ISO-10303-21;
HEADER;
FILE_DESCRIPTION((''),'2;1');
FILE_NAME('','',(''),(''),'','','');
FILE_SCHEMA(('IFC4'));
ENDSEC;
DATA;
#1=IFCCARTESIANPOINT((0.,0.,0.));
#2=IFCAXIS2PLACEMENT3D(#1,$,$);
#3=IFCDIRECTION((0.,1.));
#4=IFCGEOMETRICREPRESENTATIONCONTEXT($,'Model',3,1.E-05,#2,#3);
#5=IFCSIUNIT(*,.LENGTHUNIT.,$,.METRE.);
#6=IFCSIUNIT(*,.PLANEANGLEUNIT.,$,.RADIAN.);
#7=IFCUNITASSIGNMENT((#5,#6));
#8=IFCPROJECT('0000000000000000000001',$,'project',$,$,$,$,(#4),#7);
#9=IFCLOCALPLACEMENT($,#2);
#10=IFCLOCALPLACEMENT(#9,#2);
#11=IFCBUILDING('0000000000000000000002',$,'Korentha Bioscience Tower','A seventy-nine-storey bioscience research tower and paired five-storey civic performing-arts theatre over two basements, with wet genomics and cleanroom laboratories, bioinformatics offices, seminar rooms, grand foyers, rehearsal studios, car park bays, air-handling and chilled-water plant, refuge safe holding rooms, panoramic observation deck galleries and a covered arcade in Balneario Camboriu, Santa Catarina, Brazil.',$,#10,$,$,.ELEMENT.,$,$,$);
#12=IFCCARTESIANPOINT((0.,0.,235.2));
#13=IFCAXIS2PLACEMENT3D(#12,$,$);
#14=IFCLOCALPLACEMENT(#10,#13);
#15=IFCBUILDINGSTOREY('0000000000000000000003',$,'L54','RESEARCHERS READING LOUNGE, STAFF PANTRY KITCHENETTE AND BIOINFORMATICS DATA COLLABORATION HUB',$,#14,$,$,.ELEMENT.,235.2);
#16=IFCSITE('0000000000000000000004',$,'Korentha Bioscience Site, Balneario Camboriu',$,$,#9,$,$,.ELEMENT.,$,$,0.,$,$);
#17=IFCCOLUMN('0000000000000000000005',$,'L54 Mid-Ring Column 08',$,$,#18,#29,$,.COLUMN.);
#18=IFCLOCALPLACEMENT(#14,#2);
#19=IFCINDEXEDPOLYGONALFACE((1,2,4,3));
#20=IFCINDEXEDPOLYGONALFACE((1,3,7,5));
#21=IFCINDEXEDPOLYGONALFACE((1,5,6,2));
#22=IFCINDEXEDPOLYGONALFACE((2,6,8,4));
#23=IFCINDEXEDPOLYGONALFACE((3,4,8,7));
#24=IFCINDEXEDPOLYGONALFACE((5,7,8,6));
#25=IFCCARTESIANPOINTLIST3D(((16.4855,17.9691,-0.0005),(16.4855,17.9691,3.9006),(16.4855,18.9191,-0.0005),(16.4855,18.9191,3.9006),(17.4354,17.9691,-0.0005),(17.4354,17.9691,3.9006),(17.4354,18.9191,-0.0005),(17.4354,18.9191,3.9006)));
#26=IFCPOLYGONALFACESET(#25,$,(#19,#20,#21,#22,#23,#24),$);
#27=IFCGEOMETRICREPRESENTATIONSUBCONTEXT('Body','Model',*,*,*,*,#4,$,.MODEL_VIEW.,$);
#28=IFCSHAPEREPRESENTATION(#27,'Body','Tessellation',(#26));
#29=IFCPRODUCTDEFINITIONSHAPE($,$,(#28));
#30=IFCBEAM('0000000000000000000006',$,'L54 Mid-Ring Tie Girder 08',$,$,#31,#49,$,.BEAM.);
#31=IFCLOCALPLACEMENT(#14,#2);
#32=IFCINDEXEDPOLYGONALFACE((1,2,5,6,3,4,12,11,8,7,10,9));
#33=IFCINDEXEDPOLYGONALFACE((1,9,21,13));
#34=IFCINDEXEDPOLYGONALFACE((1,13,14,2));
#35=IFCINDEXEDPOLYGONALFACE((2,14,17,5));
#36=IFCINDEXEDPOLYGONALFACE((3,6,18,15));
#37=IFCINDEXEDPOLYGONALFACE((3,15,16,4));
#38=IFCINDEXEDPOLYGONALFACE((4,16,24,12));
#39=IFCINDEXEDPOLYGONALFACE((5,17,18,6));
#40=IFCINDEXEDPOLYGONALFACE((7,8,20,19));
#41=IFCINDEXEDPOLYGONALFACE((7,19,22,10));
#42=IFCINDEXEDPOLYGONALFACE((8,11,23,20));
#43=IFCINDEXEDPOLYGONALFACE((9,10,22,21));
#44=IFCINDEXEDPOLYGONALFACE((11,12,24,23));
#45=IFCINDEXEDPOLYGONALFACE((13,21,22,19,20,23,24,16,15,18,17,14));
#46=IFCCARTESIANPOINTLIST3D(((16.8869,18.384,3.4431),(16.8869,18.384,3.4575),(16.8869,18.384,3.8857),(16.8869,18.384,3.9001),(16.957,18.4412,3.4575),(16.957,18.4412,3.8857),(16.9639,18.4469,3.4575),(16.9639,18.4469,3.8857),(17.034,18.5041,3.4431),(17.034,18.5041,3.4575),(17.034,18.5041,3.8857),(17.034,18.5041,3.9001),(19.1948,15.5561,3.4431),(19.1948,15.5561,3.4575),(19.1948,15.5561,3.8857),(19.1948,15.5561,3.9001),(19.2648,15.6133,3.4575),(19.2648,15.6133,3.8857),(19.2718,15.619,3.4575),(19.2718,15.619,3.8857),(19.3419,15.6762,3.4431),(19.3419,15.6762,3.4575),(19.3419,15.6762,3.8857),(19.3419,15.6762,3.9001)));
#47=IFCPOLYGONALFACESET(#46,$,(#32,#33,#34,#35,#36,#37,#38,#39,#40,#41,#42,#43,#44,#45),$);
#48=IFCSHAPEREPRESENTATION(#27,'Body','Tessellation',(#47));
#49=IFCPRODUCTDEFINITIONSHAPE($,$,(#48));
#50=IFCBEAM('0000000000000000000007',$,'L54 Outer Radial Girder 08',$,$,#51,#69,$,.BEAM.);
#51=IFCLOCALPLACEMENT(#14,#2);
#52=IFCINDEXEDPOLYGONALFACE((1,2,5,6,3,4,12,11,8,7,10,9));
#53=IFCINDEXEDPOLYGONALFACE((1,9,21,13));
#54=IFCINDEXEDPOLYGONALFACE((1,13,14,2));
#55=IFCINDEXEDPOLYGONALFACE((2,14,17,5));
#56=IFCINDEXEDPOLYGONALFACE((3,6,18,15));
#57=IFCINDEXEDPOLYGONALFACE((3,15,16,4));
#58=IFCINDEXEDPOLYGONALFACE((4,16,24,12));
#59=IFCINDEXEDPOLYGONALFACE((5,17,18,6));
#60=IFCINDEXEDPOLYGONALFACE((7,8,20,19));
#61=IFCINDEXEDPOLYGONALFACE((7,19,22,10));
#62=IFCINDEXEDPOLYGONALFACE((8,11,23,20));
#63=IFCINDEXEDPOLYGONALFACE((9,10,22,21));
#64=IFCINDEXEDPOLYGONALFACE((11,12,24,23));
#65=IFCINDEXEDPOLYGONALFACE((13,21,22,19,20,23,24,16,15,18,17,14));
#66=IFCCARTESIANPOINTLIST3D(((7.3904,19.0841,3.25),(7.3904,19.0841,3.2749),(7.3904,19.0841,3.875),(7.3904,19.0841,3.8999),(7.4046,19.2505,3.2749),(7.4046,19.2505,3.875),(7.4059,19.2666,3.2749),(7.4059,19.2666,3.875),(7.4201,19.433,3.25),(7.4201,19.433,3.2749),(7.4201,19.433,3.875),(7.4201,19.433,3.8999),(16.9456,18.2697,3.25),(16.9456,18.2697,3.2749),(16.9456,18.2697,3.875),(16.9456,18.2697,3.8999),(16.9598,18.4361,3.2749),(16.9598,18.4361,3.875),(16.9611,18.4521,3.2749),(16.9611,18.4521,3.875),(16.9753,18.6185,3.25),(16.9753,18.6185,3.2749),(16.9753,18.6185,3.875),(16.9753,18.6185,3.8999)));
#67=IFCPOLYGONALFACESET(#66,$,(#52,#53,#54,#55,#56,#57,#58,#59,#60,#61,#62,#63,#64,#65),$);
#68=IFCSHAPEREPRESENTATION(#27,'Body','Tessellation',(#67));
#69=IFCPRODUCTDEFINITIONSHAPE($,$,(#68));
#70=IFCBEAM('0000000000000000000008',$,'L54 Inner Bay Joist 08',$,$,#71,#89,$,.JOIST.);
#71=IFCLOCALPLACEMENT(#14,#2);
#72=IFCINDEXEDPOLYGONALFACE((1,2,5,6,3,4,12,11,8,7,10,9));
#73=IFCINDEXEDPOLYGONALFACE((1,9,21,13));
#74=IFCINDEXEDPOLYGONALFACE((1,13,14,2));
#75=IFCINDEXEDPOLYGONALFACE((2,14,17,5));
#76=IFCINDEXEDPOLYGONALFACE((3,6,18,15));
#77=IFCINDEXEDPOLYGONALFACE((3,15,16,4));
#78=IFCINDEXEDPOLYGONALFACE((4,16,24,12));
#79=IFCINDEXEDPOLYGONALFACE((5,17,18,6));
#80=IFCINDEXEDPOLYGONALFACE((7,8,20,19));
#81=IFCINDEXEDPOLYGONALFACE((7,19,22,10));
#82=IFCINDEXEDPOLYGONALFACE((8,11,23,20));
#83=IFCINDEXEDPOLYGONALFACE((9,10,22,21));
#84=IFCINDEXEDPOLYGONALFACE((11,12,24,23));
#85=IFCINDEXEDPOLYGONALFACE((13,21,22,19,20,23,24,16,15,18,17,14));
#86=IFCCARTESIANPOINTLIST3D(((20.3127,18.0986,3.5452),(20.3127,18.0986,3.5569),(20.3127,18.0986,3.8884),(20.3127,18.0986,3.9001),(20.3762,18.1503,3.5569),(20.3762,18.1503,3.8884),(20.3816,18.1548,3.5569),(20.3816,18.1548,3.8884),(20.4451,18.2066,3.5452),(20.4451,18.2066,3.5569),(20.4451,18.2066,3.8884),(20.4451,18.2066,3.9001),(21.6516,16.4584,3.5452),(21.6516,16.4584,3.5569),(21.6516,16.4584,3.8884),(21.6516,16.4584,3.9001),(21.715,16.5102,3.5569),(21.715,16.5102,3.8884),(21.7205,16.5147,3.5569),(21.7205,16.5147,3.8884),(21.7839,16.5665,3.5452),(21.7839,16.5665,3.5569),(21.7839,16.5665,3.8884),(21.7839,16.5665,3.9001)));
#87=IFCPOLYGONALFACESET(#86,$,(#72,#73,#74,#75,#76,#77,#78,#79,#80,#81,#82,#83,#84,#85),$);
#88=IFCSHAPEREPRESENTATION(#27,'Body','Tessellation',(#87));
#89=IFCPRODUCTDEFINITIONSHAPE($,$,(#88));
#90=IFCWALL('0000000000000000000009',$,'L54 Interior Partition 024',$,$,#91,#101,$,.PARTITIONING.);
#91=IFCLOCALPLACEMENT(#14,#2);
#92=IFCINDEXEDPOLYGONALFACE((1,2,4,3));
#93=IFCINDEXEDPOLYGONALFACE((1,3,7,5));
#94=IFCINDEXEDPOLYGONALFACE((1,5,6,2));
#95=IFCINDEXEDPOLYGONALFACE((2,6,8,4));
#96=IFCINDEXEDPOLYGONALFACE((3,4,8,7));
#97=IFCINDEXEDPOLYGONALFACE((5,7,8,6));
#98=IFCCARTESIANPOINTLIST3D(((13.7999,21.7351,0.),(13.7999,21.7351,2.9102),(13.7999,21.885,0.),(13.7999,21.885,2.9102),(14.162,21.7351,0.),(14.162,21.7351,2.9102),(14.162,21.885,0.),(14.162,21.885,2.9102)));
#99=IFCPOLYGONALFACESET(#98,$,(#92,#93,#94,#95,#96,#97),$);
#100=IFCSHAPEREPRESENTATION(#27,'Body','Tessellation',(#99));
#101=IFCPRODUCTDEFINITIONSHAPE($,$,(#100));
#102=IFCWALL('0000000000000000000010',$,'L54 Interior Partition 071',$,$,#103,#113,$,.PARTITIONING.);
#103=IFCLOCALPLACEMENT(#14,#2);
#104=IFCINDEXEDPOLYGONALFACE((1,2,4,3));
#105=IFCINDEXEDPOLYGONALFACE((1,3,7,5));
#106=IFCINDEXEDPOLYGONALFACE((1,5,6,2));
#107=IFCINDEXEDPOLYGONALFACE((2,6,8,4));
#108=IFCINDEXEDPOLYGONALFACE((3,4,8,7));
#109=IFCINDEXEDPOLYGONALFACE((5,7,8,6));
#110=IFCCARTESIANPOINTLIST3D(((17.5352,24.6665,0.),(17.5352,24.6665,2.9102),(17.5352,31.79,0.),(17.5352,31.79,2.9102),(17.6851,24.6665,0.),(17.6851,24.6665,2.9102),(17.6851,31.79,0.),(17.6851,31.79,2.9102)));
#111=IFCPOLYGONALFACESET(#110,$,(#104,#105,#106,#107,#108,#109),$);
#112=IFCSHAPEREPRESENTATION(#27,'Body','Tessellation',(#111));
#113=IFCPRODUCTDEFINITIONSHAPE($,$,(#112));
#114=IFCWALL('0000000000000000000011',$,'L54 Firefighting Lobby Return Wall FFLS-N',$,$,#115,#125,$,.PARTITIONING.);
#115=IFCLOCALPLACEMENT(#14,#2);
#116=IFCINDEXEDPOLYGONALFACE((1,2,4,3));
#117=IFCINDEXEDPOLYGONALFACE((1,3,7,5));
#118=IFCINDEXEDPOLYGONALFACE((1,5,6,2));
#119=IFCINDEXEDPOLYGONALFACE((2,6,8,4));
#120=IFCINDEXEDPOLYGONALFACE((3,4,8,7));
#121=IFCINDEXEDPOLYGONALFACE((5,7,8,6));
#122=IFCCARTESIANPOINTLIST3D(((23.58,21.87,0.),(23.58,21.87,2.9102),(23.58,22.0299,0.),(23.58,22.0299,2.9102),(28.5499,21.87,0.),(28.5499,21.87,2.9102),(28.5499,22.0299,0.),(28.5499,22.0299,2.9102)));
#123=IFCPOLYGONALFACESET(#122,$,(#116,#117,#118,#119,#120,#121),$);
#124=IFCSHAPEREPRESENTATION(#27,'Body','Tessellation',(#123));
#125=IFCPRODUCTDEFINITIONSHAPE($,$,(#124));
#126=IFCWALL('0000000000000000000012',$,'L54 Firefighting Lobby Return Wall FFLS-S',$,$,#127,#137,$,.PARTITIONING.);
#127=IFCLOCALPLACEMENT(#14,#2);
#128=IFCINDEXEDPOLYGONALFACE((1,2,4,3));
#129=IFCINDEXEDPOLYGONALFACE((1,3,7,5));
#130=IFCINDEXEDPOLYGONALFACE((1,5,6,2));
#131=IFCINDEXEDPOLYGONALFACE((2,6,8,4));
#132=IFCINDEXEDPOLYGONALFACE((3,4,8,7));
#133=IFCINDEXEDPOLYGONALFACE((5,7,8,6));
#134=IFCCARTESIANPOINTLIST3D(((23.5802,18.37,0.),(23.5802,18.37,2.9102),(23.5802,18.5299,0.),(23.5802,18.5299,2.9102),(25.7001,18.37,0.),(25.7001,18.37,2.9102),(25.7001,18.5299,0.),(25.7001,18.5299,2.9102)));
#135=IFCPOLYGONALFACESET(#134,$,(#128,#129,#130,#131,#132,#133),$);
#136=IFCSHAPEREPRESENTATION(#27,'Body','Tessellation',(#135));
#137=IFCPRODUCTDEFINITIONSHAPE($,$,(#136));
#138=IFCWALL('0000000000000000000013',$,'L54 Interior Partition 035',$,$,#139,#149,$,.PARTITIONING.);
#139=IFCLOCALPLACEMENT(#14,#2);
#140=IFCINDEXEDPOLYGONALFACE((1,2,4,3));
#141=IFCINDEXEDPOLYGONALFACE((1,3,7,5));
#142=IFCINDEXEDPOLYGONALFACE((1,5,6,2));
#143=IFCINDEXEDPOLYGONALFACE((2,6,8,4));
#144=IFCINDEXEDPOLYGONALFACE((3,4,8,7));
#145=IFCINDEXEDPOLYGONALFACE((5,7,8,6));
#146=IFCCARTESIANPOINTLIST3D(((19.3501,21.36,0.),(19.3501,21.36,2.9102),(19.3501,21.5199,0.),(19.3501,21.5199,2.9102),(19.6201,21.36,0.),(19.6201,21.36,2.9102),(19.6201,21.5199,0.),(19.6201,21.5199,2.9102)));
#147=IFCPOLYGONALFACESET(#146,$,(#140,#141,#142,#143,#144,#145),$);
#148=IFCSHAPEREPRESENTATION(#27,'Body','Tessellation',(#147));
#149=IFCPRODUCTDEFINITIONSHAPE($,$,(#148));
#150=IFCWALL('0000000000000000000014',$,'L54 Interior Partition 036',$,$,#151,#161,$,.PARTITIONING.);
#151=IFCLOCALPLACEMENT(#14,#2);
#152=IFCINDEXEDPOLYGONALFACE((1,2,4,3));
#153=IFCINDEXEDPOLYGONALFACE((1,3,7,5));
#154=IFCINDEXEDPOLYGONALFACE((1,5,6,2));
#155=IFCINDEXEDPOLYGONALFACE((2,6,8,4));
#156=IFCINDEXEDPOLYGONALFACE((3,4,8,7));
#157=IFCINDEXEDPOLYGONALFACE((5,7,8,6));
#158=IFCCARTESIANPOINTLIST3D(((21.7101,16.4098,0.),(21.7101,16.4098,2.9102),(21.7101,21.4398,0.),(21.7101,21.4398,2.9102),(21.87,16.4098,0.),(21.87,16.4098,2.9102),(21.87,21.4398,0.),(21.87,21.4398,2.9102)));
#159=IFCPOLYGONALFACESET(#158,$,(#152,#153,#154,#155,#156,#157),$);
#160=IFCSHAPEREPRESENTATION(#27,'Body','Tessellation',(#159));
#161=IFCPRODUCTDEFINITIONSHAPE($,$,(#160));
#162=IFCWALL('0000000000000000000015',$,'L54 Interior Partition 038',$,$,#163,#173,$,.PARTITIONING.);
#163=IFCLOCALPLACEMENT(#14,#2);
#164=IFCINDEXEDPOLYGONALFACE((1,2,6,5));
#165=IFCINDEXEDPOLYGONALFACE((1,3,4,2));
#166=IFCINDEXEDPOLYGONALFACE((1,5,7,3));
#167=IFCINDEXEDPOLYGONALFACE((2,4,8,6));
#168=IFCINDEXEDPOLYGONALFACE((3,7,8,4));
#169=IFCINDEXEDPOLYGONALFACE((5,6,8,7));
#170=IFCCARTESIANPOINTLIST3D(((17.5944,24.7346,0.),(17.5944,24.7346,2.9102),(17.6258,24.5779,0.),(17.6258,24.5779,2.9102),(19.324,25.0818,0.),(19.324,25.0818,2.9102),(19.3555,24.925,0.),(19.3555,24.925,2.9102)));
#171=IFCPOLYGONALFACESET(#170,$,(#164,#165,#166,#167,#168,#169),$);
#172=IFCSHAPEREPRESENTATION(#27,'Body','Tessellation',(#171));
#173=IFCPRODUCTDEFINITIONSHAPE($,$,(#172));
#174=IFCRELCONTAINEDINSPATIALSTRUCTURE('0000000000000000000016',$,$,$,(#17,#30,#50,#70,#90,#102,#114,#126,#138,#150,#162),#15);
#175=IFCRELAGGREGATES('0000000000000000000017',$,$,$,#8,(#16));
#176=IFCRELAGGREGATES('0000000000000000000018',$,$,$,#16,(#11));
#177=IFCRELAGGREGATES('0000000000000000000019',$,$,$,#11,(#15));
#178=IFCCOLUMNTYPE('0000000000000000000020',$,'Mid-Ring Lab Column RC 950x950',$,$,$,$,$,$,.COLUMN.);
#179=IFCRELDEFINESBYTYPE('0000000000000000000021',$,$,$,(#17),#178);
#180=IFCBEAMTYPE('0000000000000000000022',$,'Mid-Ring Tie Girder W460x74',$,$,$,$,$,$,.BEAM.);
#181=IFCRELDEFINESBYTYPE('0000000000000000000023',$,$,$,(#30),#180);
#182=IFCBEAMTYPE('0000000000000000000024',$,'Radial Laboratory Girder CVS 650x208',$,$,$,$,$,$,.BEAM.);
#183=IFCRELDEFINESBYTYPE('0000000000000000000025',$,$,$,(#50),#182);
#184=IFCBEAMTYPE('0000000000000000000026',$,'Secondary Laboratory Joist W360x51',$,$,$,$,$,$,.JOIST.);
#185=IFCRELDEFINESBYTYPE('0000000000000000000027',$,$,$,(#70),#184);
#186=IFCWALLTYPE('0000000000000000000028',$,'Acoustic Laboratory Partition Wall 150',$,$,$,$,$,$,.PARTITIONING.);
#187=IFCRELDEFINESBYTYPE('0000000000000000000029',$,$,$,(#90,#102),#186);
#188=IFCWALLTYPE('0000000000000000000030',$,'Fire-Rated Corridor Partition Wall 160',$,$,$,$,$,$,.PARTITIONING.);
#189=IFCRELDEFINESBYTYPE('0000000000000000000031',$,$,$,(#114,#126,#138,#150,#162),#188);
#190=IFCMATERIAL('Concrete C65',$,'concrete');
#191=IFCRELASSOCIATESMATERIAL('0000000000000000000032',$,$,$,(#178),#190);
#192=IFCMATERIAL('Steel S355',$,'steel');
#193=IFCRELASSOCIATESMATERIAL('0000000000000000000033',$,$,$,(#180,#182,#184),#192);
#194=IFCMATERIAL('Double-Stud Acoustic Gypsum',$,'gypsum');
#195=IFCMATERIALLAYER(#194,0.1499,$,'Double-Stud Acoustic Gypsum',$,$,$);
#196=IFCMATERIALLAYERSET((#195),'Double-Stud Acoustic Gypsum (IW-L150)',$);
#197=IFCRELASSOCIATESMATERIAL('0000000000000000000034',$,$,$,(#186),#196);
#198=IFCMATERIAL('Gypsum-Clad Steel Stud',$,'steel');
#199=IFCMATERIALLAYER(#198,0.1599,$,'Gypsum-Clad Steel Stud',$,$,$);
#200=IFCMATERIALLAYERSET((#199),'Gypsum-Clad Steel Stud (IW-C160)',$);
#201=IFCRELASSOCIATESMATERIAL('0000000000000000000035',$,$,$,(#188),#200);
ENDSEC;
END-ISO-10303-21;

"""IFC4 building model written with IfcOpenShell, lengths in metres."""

from ifc_helpers import new_model, si_unit, direction, frame, frame_2d, origin, origin_2d, place, context, subcontext, project, spatial, rectangle, i_section, extrude, material, layer, layer_set, material_profile, profile_set, type_object, element, save


model = new_model("IFC4")

# Units and contexts
model_context = context("Model", 3, precision=1e-05, world=origin(), true_north=direction((0.0, 1.0)))
body_context = subcontext(model_context, "Body", "Model", "MODEL_VIEW")
ifc_project = project(units=[si_unit("LENGTHUNIT", "METRE"), si_unit("PLANEANGLEUNIT", "RADIAN")], contexts=[model_context])

# Site, building, storey
site_placement = place(None, origin())
site = spatial("IfcSite", under=ifc_project, at=site_placement, Name="Korentha Bioscience Site, Balneario Camboriu", CompositionType="ELEMENT", RefElevation=0.0)
building_placement = place(site_placement, origin())
building = spatial("IfcBuilding", under=site, at=building_placement, Name="Korentha Bioscience Tower", Description="A seventy-nine-storey bioscience research tower and paired five-storey civic performing-arts theatre over two basements, with wet genomics and cleanroom laboratories, bioinformatics offices, seminar rooms, grand foyers, rehearsal studios, car park bays, air-handling and chilled-water plant, refuge safe holding rooms, panoramic observation deck galleries and a covered arcade in Balneario Camboriu, Santa Catarina, Brazil.", CompositionType="ELEMENT")
storey_placement = place(building_placement, frame((0.0, 0.0, 235.2)))
storey = spatial("IfcBuildingStorey", under=building, at=storey_placement, Name="L54", Description="RESEARCHERS READING LOUNGE, STAFF PANTRY KITCHENETTE AND BIOINFORMATICS DATA COLLABORATION HUB", CompositionType="ELEMENT", Elevation=235.2)

# Column
ifc_material_1 = material(Name="Concrete C65", Category="concrete")
ifc_material_profile_1 = material_profile(ifc_material_1, rectangle(XDim=0.95, YDim=0.95, at=origin_2d()), Name="Concrete C65")
ifc_profile_set_1 = profile_set([ifc_material_profile_1], Name="Concrete C65 (COL-MR09)")
column_type = type_object("IfcColumnType", Name="Mid-Ring Lab Column RC 950x950", PredefinedType="COLUMN", material=ifc_profile_set_1)
column_placement = place(storey_placement, frame((16.9604, 18.4441, -0.0005), z_axis=(0.0, 0.0, 1.0), x_axis=(1.0, 0.0, 0.0)))
element("IfcColumn", 1, at=column_placement, inside=storey, type_object=column_type, Name="L54 Mid-Ring Column 08", PredefinedType="COLUMN", context=body_context, shape_type="SweptSolid", body=[
    extrude(rectangle(XDim=0.95, YDim=0.95, at=origin_2d()), origin(), (0.0, 0.0, 1.0), 3.9011),
])

# Beams
ifc_material_2 = material(Name="Steel S355", Category="steel")
ifc_material_profile_2 = material_profile(ifc_material_2, i_section(OverallWidth=0.1899, OverallDepth=0.457, WebThickness=0.009, FlangeThickness=0.0144, at=origin_2d()), Name="Steel S355")
ifc_profile_set_2 = profile_set([ifc_material_profile_2], Name="Steel S355 (MB-460)")
beam_type_1 = type_object("IfcBeamType", Name="Mid-Ring Tie Girder W460x74", PredefinedType="BEAM", material=ifc_profile_set_2)
beam_1_placement = place(storey_placement, frame((16.9604, 18.4441, 3.6716), z_axis=(0.632276, -0.774743, 0.0), x_axis=(0.774743, 0.632276, 0.0)))
element("IfcBeam", 2, at=beam_1_placement, inside=storey, type_object=beam_type_1, Name="L54 Mid-Ring Tie Girder 08", PredefinedType="BEAM", context=body_context, shape_type="SweptSolid", body=[
    extrude(i_section(OverallWidth=0.1899, OverallDepth=0.457, WebThickness=0.009, FlangeThickness=0.0144, at=origin_2d()), origin(), (0.0, 0.0, 1.0), 3.6501),
])
ifc_material_profile_3 = material_profile(ifc_material_2, i_section(OverallWidth=0.3501, OverallDepth=0.6499, WebThickness=0.0161, FlangeThickness=0.0249, at=origin_2d()), Name="Steel S355")
ifc_profile_set_3 = profile_set([ifc_material_profile_3], Name="Steel S355 (RB-650)")
beam_type_2 = type_object("IfcBeamType", Name="Radial Laboratory Girder CVS 650x208", PredefinedType="BEAM", material=ifc_profile_set_3)
beam_2_placement = place(storey_placement, frame((16.9604, 18.4441, 3.575), z_axis=(-0.996387, 0.084929, 0.0), x_axis=(-0.084929, -0.996387, 0.0)))
element("IfcBeam", 3, at=beam_2_placement, inside=storey, type_object=beam_type_2, Name="L54 Outer Radial Girder 08", PredefinedType="BEAM", context=body_context, shape_type="SweptSolid", body=[
    extrude(i_section(OverallWidth=0.3501, OverallDepth=0.6499, WebThickness=0.0161, FlangeThickness=0.0249, at=origin_2d()), origin(), (0.0, 0.0, 1.0), 9.5898),
])
ifc_material_profile_4 = material_profile(ifc_material_2, i_section(OverallWidth=0.1709, OverallDepth=0.355, WebThickness=0.0071, FlangeThickness=0.0117, at=origin_2d()), Name="Steel S355")
ifc_profile_set_4 = profile_set([ifc_material_profile_4], Name="Steel S355 (JB-360)")
beam_type_3 = type_object("IfcBeamType", Name="Secondary Laboratory Joist W360x51", PredefinedType="JOIST", material=ifc_profile_set_4)
beam_3_placement = place(storey_placement, frame((20.3789, 18.1526, 3.7227), z_axis=(0.632371, -0.774666, 0.0), x_axis=(0.774666, 0.632371, 0.0)))
element("IfcBeam", 4, at=beam_3_placement, inside=storey, type_object=beam_type_3, Name="L54 Inner Bay Joist 08", PredefinedType="JOIST", context=body_context, shape_type="SweptSolid", body=[
    extrude(i_section(OverallWidth=0.1709, OverallDepth=0.355, WebThickness=0.0071, FlangeThickness=0.0117, at=origin_2d()), origin(), (0.0, 0.0, 1.0), 2.1172),
])

# Walls
ifc_material_3 = material(Name="Double-Stud Acoustic Gypsum", Category="gypsum")
ifc_layer_1 = layer(ifc_material_3, 0.1499, Name="Double-Stud Acoustic Gypsum")
ifc_layer_set_1 = layer_set([ifc_layer_1], Name="Double-Stud Acoustic Gypsum (IW-L150)")
wall_type_1 = type_object("IfcWallType", Name="Acoustic Laboratory Partition Wall 150", PredefinedType="PARTITIONING", material=ifc_layer_set_1)
wall_1_placement = place(storey_placement, frame((14.1621, 21.8101, 0.0), z_axis=(0.0, 0.0, 1.0), x_axis=(-1.0, 0.0, 0.0)))
element("IfcWall", 5, at=wall_1_placement, inside=storey, type_object=wall_type_1, Name="L54 Interior Partition 024", PredefinedType="PARTITIONING", context=body_context, shape_type="SweptSolid", body=[
    extrude(rectangle(XDim=0.3621, YDim=0.1499, at=frame_2d((0.1812, 0.0))), origin(), (0.0, 0.0, 1.0), 2.9102),
])
wall_2_placement = place(storey_placement, frame((17.6101, 24.6665, 0.0), z_axis=(0.0, 0.0, 1.0), x_axis=(0.0, 1.0, 0.0)))
element("IfcWall", 6, at=wall_2_placement, inside=storey, type_object=wall_type_1, Name="L54 Interior Partition 071", PredefinedType="PARTITIONING", context=body_context, shape_type="SweptSolid", body=[
    extrude(rectangle(XDim=7.1235, YDim=0.1499, at=frame_2d((3.5618, 0.0))), origin(), (0.0, 0.0, 1.0), 2.9102),
])

# Shared definitions
ifc_material_4 = material(Name="Gypsum-Clad Steel Stud", Category="steel")
ifc_layer_2 = layer(ifc_material_4, 0.1599, Name="Gypsum-Clad Steel Stud")
ifc_layer_set_2 = layer_set([ifc_layer_2], Name="Gypsum-Clad Steel Stud (IW-C160)")
wall_type_2 = type_object("IfcWallType", Name="Fire-Rated Corridor Partition Wall 160", PredefinedType="PARTITIONING", material=ifc_layer_set_2)

# Walls
wall_3_placement = place(storey_placement, frame((23.5801, 21.95, 0.0), z_axis=(0.0, 0.0, 1.0), x_axis=(1.0, 0.0, 0.0)))
element("IfcWall", 7, at=wall_3_placement, inside=storey, type_object=wall_type_2, Name="L54 Firefighting Lobby Return Wall FFLS-N", PredefinedType="PARTITIONING", context=body_context, shape_type="SweptSolid", body=[
    extrude(rectangle(XDim=4.97, YDim=0.1599, at=frame_2d((2.4849, 0.0))), origin(), (0.0, 0.0, 1.0), 2.9102),
])
wall_4_placement = place(storey_placement, frame((23.5801, 18.45, 0.0), z_axis=(0.0, 0.0, 1.0), x_axis=(1.0, 0.0, 0.0)))
element("IfcWall", 8, at=wall_4_placement, inside=storey, type_object=wall_type_2, Name="L54 Firefighting Lobby Return Wall FFLS-S", PredefinedType="PARTITIONING", context=body_context, shape_type="SweptSolid", body=[
    extrude(rectangle(XDim=2.1199, YDim=0.1599, at=frame_2d((1.0601, 0.0))), origin(), (0.0, 0.0, 1.0), 2.9102),
])
wall_5_placement = place(storey_placement, frame((19.3501, 21.4399, 0.0), z_axis=(0.0, 0.0, 1.0), x_axis=(1.0, 0.0, 0.0)))
element("IfcWall", 9, at=wall_5_placement, inside=storey, type_object=wall_type_2, Name="L54 Interior Partition 035", PredefinedType="PARTITIONING", context=body_context, shape_type="SweptSolid", body=[
    extrude(rectangle(XDim=0.27, YDim=0.1599, at=frame_2d((0.135, 0.0))), origin(), (0.0, 0.0, 1.0), 2.9102),
])
wall_6_placement = place(storey_placement, frame((21.79, 21.4399, 0.0), z_axis=(0.0, 0.0, 1.0), x_axis=(0.0, -1.0, 0.0)))
element("IfcWall", 10, at=wall_6_placement, inside=storey, type_object=wall_type_2, Name="L54 Interior Partition 036", PredefinedType="PARTITIONING", context=body_context, shape_type="SweptSolid", body=[
    extrude(rectangle(XDim=5.03, YDim=0.1599, at=frame_2d((2.5151, 0.0))), origin(), (0.0, 0.0, 1.0), 2.9102),
])
wall_7_placement = place(storey_placement, frame((17.6101, 24.6562, 0.0), z_axis=(0.0, 0.0, 1.0), x_axis=(0.980447, 0.196781, 0.0)))
element("IfcWall", 11, at=wall_7_placement, inside=storey, type_object=wall_type_2, Name="L54 Interior Partition 038", PredefinedType="PARTITIONING", context=body_context, shape_type="SweptSolid", body=[
    extrude(rectangle(XDim=1.7642, YDim=0.1599, at=frame_2d((0.8821, 0.0))), origin(), (0.0, 0.0, 1.0), 2.9102),
])

save(model, "model.ifc")
